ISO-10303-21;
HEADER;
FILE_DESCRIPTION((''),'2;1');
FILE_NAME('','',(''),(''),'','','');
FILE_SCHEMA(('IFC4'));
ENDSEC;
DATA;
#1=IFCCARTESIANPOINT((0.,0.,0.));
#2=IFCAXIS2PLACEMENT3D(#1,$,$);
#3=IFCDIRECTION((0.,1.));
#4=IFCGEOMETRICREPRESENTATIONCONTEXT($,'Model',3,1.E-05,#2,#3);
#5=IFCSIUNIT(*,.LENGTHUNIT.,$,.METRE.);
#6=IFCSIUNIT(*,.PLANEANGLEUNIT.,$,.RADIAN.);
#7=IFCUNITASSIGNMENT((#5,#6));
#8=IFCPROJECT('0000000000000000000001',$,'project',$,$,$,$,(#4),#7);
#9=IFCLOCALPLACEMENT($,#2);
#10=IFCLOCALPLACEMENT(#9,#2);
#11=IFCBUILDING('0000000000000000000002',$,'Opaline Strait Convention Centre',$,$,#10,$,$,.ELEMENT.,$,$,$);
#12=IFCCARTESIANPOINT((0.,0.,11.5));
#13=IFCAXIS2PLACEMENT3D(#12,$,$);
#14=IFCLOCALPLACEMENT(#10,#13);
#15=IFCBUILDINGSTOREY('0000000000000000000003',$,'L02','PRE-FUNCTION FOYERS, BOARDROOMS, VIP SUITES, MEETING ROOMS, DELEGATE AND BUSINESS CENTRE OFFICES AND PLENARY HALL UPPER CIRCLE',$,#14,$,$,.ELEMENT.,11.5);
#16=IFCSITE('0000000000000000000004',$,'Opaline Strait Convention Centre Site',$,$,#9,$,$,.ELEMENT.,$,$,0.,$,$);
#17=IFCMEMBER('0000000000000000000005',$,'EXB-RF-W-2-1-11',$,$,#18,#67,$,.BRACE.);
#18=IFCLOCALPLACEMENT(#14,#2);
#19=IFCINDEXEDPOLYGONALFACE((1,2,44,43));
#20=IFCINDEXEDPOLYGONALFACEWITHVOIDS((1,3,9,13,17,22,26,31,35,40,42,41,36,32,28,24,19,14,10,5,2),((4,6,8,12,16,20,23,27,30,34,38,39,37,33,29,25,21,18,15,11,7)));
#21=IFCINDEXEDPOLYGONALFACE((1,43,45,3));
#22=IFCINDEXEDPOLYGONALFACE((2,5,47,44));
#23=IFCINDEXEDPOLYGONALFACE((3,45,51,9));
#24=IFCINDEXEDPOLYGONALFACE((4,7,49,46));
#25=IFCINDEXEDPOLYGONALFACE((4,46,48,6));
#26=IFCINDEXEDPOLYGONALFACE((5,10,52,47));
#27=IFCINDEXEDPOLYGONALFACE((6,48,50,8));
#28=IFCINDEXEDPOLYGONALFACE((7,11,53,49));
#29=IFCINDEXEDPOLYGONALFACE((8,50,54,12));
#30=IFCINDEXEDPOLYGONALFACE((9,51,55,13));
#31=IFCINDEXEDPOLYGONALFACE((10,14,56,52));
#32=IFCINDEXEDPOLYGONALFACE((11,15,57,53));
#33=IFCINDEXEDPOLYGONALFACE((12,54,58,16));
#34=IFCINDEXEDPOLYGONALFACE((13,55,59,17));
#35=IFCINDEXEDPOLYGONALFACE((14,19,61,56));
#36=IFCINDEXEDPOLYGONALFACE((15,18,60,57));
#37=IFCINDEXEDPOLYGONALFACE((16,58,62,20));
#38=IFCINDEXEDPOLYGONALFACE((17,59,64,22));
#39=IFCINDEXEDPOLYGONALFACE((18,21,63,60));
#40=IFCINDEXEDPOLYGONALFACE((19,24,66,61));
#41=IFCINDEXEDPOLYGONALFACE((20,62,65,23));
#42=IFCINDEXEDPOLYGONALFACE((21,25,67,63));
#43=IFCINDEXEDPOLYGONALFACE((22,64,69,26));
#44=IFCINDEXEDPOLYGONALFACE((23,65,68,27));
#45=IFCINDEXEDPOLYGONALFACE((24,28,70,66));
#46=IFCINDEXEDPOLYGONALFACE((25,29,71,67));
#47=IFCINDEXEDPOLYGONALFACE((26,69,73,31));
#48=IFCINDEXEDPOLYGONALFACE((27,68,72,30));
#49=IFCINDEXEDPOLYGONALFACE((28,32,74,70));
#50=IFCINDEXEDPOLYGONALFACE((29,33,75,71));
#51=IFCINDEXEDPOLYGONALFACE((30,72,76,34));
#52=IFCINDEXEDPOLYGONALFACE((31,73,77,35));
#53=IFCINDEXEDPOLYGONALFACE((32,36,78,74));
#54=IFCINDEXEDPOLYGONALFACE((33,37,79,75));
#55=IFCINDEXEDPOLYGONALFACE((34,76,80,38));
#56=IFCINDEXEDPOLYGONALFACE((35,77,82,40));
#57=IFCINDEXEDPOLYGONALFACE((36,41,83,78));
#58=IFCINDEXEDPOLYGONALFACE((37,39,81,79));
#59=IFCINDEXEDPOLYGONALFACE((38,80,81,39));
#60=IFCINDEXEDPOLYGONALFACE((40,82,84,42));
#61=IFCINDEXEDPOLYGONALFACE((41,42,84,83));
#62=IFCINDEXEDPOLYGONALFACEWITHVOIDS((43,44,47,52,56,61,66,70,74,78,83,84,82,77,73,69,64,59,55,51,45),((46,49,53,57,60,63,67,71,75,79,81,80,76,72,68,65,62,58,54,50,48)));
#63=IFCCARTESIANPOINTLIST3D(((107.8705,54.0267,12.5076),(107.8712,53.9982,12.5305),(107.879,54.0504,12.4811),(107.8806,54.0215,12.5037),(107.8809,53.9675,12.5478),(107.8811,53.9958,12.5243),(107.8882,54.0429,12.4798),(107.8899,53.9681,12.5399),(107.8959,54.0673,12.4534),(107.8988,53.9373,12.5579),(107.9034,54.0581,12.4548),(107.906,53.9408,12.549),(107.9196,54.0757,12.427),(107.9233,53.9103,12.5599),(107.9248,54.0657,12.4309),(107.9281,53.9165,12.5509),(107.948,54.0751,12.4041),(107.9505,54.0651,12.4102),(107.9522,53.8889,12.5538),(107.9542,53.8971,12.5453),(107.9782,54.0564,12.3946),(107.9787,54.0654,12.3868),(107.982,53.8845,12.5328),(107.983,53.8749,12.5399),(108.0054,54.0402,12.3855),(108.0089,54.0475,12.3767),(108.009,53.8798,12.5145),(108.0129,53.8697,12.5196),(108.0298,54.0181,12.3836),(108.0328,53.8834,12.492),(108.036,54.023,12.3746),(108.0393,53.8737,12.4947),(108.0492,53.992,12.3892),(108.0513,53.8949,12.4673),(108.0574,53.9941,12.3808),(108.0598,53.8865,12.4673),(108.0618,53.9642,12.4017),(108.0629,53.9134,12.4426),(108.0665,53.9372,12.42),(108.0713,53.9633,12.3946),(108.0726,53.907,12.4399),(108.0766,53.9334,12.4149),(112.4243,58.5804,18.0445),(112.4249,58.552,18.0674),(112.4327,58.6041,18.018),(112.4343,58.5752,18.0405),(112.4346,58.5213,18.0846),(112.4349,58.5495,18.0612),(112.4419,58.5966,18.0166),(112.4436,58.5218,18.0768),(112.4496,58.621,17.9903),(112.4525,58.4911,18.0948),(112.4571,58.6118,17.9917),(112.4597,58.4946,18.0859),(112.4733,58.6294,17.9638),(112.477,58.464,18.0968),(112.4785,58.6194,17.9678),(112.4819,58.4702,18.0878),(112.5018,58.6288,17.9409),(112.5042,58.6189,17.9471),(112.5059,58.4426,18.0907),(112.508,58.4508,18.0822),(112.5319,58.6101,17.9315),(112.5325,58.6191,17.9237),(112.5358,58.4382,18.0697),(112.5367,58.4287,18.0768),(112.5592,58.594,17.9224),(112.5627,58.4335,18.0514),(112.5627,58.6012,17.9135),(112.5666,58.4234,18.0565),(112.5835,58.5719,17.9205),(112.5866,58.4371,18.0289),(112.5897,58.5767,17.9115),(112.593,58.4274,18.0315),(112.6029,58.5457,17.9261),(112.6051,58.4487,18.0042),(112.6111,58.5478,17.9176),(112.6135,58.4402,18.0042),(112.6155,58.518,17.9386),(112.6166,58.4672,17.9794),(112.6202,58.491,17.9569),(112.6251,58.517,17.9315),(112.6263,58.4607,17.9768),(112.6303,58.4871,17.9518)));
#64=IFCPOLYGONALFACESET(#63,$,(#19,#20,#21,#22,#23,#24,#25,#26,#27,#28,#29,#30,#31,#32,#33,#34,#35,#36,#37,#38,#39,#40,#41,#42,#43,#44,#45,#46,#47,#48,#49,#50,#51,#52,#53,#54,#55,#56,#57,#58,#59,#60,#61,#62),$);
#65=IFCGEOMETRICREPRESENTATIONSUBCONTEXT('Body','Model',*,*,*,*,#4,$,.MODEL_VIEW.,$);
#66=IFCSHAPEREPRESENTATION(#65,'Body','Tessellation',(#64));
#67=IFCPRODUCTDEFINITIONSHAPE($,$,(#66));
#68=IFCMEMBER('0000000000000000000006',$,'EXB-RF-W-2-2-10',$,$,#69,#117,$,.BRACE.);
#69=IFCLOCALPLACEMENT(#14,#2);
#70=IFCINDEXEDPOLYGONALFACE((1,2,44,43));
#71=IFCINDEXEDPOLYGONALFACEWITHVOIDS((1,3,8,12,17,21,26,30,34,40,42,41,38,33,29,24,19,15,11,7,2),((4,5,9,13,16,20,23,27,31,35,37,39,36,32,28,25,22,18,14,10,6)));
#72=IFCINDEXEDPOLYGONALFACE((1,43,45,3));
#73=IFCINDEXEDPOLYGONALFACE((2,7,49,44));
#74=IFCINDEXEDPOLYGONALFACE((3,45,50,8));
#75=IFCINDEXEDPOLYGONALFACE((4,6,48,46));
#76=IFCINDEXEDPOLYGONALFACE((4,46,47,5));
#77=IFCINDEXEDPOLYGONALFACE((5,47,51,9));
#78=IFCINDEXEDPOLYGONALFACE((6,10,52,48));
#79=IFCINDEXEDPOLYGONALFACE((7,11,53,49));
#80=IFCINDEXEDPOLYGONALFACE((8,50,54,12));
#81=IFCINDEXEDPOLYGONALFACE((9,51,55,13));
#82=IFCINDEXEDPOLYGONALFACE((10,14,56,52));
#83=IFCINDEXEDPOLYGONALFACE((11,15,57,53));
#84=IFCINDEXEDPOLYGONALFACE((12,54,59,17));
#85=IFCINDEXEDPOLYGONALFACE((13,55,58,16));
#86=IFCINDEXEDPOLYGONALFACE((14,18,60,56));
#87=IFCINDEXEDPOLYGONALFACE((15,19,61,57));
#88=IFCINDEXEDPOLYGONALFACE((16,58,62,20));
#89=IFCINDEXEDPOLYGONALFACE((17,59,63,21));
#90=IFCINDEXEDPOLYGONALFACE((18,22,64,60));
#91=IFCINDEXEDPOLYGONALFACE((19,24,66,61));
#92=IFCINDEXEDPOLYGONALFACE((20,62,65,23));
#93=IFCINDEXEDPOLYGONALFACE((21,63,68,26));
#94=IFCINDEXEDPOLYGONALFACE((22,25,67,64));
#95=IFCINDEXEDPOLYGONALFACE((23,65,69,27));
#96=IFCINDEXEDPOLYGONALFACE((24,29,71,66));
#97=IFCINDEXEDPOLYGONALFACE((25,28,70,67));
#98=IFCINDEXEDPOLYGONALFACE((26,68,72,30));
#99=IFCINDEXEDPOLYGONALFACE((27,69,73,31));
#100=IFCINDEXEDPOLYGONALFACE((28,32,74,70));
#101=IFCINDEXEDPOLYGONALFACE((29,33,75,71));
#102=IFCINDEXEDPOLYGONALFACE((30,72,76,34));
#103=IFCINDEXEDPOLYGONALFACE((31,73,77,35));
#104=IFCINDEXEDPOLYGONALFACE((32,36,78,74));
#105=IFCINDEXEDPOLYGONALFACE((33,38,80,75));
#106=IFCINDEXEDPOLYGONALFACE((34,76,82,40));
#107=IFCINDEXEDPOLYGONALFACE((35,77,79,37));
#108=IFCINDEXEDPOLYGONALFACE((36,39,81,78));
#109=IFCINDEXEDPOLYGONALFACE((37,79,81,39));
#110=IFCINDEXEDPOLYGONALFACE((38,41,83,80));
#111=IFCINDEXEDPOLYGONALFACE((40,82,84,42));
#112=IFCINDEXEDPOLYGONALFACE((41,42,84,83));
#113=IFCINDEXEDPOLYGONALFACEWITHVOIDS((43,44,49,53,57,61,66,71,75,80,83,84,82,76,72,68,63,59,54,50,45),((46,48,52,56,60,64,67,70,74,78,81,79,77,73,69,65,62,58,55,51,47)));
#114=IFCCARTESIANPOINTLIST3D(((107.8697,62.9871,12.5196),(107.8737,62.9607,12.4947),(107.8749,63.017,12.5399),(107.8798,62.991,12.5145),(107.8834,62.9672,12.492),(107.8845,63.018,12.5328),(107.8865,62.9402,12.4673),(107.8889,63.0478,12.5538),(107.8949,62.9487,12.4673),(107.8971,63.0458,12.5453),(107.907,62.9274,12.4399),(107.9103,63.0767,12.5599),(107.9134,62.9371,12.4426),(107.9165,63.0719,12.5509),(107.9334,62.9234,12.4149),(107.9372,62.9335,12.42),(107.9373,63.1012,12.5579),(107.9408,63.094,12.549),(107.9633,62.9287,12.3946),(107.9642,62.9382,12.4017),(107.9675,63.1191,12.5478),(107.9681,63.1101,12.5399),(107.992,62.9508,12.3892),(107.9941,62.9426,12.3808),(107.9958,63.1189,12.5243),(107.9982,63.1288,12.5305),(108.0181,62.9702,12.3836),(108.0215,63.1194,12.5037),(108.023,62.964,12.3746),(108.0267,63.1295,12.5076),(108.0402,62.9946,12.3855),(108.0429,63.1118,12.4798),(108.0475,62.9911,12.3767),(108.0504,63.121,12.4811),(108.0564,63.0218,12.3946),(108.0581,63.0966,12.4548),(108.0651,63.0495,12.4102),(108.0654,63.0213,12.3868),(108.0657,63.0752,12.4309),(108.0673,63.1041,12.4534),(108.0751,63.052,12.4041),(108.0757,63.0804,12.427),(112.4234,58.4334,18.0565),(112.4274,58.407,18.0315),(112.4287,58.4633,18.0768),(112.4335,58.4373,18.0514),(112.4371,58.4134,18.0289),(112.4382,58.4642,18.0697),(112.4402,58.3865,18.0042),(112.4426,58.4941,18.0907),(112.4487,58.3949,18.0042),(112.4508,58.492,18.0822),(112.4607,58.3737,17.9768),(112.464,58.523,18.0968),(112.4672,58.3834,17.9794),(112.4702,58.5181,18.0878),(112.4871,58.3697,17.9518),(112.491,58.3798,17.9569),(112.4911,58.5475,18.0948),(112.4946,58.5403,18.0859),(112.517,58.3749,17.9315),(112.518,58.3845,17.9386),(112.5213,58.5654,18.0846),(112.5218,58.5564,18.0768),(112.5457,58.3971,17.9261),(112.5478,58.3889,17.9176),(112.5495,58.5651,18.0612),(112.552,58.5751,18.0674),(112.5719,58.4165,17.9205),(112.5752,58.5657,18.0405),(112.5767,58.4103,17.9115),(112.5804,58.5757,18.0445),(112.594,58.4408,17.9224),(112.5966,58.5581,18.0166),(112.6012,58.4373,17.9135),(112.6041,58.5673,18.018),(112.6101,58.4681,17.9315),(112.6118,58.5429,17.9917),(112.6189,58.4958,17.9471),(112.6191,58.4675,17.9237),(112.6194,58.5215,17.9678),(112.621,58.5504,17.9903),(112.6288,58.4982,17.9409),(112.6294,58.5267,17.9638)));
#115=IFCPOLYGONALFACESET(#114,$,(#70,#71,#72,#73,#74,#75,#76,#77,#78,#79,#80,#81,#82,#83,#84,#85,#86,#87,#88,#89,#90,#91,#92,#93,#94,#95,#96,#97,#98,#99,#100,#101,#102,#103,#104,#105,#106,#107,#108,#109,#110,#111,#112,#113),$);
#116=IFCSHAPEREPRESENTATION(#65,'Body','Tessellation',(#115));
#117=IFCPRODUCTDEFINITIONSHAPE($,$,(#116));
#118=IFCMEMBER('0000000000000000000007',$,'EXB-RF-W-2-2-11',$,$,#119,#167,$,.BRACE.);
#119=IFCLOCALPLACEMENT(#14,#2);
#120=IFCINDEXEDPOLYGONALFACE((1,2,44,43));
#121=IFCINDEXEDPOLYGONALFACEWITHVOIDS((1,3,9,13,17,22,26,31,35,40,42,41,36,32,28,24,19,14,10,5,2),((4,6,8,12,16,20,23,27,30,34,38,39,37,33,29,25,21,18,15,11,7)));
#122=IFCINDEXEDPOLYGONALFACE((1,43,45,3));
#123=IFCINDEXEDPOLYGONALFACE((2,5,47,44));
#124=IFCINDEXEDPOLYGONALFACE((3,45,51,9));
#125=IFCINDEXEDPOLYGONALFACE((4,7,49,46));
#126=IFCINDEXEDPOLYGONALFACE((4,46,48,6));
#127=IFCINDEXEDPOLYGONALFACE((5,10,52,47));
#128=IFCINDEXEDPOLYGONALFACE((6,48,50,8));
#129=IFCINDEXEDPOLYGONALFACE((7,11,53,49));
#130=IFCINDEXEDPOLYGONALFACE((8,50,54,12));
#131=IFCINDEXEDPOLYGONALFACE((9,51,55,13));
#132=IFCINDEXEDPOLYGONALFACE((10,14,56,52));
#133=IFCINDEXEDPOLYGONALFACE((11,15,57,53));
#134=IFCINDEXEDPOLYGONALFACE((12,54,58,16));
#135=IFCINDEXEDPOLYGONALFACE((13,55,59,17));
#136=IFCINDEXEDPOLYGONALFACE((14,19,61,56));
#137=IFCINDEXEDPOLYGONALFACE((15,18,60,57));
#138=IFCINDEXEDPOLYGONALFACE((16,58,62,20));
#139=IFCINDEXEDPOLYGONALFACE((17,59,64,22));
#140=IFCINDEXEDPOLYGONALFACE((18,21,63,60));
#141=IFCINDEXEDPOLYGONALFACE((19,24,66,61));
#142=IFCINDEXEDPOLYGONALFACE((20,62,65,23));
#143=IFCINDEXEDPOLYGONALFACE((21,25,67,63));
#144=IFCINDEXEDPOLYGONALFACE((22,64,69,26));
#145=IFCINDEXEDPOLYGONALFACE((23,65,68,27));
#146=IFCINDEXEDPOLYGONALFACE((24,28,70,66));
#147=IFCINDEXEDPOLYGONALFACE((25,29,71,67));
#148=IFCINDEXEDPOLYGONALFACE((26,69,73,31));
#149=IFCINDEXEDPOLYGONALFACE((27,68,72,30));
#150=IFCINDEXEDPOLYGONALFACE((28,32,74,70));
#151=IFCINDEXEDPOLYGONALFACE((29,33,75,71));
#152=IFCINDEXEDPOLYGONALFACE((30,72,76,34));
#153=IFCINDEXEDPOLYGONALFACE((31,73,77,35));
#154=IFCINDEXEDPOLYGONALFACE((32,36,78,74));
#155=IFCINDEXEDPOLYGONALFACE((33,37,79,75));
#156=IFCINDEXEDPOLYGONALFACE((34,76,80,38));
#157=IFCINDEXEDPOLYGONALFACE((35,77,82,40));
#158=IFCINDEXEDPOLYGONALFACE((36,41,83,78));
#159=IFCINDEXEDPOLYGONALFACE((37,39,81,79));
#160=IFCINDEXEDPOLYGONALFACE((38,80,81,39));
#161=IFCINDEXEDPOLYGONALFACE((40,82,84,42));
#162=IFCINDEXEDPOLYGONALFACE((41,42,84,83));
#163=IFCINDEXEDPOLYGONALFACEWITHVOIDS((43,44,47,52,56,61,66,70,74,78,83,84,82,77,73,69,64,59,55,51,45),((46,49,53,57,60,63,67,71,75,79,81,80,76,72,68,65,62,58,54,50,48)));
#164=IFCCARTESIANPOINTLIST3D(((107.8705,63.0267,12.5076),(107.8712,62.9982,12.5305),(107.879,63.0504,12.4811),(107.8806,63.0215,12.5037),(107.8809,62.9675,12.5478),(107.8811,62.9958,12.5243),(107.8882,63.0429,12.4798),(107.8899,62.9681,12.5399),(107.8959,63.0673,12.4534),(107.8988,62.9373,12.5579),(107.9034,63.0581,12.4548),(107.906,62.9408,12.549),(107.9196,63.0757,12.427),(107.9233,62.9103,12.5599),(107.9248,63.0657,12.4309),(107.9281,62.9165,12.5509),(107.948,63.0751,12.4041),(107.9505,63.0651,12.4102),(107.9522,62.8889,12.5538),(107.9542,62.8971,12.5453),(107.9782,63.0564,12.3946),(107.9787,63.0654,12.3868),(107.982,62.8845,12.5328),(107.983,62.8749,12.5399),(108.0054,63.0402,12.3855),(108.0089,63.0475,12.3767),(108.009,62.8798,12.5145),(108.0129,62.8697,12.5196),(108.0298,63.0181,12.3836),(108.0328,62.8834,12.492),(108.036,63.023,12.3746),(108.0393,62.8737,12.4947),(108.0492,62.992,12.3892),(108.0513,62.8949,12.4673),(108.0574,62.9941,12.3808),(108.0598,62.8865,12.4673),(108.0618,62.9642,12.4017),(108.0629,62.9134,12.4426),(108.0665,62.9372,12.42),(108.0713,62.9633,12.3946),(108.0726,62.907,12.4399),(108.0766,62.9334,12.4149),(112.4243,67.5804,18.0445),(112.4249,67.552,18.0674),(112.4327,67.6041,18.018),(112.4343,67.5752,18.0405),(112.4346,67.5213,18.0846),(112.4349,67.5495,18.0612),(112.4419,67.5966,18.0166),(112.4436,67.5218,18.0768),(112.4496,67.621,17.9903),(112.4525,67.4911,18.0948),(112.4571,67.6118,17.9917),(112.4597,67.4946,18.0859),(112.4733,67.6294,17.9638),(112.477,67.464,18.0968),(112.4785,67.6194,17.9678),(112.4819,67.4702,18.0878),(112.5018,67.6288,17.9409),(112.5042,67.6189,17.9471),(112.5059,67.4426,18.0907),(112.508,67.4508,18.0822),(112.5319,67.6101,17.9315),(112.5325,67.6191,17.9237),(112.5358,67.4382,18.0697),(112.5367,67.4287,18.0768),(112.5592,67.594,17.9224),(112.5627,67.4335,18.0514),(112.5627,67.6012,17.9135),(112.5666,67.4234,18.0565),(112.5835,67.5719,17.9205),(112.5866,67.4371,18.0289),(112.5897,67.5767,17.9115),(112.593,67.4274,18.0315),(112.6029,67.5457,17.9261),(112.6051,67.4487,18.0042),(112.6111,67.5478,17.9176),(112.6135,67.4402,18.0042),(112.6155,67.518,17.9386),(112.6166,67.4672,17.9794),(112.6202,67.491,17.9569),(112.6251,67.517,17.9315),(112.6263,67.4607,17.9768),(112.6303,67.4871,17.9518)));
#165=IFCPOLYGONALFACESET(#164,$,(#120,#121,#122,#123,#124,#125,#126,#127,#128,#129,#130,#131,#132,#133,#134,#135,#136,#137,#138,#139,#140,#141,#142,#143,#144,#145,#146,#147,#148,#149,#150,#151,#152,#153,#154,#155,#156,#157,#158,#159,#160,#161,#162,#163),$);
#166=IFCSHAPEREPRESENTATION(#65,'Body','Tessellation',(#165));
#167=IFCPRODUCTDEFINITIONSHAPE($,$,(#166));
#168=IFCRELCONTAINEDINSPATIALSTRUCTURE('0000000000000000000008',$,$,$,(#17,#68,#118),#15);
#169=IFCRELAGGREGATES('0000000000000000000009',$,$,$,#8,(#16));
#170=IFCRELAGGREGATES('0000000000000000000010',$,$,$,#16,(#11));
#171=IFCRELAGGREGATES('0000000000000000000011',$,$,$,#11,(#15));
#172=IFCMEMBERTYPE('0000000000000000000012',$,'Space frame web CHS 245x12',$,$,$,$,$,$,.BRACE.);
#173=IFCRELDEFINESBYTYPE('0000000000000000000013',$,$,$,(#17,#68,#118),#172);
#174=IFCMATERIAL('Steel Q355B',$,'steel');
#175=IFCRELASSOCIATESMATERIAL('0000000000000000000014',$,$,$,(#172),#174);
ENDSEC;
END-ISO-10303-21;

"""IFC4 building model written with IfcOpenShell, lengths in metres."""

from ifc_helpers import new_model, si_unit, direction, frame, origin, origin_2d, place, context, subcontext, project, spatial, hollow_circle, extrude, material, material_profile, profile_set, type_object, element, save


model = new_model("IFC4")

# Units and contexts
model_context = context("Model", 3, precision=1e-05, world=origin(), true_north=direction((0.0, 1.0)))
body_context = subcontext(model_context, "Body", "Model", "MODEL_VIEW")
ifc_project = project(units=[si_unit("LENGTHUNIT", "METRE"), si_unit("PLANEANGLEUNIT", "RADIAN")], contexts=[model_context])

# Site, building, storey
site_placement = place(None, origin())
site = spatial("IfcSite", under=ifc_project, at=site_placement, Name="Opaline Strait Convention Centre Site", CompositionType="ELEMENT", RefElevation=0.0)
building_placement = place(site_placement, origin())
building = spatial("IfcBuilding", under=site, at=building_placement, Name="Opaline Strait Convention Centre", CompositionType="ELEMENT")
storey_placement = place(building_placement, frame((0.0, 0.0, 11.5)))
storey = spatial("IfcBuildingStorey", under=building, at=storey_placement, Name="L02", Description="PRE-FUNCTION FOYERS, BOARDROOMS, VIP SUITES, MEETING ROOMS, DELEGATE AND BUSINESS CENTRE OFFICES AND PLENARY HALL UPPER CIRCLE", CompositionType="ELEMENT", Elevation=11.5)

# Members
ifc_material = material(Name="Steel Q355B", Category="steel")
ifc_material_profile_1 = material_profile(ifc_material, hollow_circle(Radius=0.1226, WallThickness=0.012, at=origin_2d()), Name="CHS 245x12")
ifc_profile_set_1 = profile_set([ifc_material_profile_1], Name="Steel Q355B")
member_type_1 = type_object("IfcMemberType", Name="Space frame web CHS 245x12", PredefinedType="BRACE", material=ifc_profile_set_1)
for number, where, z_axis, x_axis, name in (
    (1, (112.5269, 58.5269, 18.0042), (-0.536178, -0.536178, -0.65194), (0.707107, -0.707107, 0.0), "EXB-RF-W-2-1-11"),
    (2, (112.5269, 58.4731, 18.0042), (-0.536178, 0.536178, -0.65194), (-0.707107, -0.707107, 0.0), "EXB-RF-W-2-2-10"),
    (3, (112.5269, 67.5269, 18.0042), (-0.536178, -0.536178, -0.65194), (0.707107, -0.707107, 0.0), "EXB-RF-W-2-2-11"),
):
    element("IfcMember", number, at=place(storey_placement, frame(where, z_axis=z_axis, x_axis=x_axis)), inside=storey, type_object=member_type_1, Name=name, PredefinedType="BRACE", context=body_context, shape_type="SweptSolid", body=[
        extrude(hollow_circle(Radius=0.1226, WallThickness=0.012, at=origin_2d()), origin(), (0.0, 0.0, 1.0), 8.4929),
    ])

save(model, "model.ifc")
